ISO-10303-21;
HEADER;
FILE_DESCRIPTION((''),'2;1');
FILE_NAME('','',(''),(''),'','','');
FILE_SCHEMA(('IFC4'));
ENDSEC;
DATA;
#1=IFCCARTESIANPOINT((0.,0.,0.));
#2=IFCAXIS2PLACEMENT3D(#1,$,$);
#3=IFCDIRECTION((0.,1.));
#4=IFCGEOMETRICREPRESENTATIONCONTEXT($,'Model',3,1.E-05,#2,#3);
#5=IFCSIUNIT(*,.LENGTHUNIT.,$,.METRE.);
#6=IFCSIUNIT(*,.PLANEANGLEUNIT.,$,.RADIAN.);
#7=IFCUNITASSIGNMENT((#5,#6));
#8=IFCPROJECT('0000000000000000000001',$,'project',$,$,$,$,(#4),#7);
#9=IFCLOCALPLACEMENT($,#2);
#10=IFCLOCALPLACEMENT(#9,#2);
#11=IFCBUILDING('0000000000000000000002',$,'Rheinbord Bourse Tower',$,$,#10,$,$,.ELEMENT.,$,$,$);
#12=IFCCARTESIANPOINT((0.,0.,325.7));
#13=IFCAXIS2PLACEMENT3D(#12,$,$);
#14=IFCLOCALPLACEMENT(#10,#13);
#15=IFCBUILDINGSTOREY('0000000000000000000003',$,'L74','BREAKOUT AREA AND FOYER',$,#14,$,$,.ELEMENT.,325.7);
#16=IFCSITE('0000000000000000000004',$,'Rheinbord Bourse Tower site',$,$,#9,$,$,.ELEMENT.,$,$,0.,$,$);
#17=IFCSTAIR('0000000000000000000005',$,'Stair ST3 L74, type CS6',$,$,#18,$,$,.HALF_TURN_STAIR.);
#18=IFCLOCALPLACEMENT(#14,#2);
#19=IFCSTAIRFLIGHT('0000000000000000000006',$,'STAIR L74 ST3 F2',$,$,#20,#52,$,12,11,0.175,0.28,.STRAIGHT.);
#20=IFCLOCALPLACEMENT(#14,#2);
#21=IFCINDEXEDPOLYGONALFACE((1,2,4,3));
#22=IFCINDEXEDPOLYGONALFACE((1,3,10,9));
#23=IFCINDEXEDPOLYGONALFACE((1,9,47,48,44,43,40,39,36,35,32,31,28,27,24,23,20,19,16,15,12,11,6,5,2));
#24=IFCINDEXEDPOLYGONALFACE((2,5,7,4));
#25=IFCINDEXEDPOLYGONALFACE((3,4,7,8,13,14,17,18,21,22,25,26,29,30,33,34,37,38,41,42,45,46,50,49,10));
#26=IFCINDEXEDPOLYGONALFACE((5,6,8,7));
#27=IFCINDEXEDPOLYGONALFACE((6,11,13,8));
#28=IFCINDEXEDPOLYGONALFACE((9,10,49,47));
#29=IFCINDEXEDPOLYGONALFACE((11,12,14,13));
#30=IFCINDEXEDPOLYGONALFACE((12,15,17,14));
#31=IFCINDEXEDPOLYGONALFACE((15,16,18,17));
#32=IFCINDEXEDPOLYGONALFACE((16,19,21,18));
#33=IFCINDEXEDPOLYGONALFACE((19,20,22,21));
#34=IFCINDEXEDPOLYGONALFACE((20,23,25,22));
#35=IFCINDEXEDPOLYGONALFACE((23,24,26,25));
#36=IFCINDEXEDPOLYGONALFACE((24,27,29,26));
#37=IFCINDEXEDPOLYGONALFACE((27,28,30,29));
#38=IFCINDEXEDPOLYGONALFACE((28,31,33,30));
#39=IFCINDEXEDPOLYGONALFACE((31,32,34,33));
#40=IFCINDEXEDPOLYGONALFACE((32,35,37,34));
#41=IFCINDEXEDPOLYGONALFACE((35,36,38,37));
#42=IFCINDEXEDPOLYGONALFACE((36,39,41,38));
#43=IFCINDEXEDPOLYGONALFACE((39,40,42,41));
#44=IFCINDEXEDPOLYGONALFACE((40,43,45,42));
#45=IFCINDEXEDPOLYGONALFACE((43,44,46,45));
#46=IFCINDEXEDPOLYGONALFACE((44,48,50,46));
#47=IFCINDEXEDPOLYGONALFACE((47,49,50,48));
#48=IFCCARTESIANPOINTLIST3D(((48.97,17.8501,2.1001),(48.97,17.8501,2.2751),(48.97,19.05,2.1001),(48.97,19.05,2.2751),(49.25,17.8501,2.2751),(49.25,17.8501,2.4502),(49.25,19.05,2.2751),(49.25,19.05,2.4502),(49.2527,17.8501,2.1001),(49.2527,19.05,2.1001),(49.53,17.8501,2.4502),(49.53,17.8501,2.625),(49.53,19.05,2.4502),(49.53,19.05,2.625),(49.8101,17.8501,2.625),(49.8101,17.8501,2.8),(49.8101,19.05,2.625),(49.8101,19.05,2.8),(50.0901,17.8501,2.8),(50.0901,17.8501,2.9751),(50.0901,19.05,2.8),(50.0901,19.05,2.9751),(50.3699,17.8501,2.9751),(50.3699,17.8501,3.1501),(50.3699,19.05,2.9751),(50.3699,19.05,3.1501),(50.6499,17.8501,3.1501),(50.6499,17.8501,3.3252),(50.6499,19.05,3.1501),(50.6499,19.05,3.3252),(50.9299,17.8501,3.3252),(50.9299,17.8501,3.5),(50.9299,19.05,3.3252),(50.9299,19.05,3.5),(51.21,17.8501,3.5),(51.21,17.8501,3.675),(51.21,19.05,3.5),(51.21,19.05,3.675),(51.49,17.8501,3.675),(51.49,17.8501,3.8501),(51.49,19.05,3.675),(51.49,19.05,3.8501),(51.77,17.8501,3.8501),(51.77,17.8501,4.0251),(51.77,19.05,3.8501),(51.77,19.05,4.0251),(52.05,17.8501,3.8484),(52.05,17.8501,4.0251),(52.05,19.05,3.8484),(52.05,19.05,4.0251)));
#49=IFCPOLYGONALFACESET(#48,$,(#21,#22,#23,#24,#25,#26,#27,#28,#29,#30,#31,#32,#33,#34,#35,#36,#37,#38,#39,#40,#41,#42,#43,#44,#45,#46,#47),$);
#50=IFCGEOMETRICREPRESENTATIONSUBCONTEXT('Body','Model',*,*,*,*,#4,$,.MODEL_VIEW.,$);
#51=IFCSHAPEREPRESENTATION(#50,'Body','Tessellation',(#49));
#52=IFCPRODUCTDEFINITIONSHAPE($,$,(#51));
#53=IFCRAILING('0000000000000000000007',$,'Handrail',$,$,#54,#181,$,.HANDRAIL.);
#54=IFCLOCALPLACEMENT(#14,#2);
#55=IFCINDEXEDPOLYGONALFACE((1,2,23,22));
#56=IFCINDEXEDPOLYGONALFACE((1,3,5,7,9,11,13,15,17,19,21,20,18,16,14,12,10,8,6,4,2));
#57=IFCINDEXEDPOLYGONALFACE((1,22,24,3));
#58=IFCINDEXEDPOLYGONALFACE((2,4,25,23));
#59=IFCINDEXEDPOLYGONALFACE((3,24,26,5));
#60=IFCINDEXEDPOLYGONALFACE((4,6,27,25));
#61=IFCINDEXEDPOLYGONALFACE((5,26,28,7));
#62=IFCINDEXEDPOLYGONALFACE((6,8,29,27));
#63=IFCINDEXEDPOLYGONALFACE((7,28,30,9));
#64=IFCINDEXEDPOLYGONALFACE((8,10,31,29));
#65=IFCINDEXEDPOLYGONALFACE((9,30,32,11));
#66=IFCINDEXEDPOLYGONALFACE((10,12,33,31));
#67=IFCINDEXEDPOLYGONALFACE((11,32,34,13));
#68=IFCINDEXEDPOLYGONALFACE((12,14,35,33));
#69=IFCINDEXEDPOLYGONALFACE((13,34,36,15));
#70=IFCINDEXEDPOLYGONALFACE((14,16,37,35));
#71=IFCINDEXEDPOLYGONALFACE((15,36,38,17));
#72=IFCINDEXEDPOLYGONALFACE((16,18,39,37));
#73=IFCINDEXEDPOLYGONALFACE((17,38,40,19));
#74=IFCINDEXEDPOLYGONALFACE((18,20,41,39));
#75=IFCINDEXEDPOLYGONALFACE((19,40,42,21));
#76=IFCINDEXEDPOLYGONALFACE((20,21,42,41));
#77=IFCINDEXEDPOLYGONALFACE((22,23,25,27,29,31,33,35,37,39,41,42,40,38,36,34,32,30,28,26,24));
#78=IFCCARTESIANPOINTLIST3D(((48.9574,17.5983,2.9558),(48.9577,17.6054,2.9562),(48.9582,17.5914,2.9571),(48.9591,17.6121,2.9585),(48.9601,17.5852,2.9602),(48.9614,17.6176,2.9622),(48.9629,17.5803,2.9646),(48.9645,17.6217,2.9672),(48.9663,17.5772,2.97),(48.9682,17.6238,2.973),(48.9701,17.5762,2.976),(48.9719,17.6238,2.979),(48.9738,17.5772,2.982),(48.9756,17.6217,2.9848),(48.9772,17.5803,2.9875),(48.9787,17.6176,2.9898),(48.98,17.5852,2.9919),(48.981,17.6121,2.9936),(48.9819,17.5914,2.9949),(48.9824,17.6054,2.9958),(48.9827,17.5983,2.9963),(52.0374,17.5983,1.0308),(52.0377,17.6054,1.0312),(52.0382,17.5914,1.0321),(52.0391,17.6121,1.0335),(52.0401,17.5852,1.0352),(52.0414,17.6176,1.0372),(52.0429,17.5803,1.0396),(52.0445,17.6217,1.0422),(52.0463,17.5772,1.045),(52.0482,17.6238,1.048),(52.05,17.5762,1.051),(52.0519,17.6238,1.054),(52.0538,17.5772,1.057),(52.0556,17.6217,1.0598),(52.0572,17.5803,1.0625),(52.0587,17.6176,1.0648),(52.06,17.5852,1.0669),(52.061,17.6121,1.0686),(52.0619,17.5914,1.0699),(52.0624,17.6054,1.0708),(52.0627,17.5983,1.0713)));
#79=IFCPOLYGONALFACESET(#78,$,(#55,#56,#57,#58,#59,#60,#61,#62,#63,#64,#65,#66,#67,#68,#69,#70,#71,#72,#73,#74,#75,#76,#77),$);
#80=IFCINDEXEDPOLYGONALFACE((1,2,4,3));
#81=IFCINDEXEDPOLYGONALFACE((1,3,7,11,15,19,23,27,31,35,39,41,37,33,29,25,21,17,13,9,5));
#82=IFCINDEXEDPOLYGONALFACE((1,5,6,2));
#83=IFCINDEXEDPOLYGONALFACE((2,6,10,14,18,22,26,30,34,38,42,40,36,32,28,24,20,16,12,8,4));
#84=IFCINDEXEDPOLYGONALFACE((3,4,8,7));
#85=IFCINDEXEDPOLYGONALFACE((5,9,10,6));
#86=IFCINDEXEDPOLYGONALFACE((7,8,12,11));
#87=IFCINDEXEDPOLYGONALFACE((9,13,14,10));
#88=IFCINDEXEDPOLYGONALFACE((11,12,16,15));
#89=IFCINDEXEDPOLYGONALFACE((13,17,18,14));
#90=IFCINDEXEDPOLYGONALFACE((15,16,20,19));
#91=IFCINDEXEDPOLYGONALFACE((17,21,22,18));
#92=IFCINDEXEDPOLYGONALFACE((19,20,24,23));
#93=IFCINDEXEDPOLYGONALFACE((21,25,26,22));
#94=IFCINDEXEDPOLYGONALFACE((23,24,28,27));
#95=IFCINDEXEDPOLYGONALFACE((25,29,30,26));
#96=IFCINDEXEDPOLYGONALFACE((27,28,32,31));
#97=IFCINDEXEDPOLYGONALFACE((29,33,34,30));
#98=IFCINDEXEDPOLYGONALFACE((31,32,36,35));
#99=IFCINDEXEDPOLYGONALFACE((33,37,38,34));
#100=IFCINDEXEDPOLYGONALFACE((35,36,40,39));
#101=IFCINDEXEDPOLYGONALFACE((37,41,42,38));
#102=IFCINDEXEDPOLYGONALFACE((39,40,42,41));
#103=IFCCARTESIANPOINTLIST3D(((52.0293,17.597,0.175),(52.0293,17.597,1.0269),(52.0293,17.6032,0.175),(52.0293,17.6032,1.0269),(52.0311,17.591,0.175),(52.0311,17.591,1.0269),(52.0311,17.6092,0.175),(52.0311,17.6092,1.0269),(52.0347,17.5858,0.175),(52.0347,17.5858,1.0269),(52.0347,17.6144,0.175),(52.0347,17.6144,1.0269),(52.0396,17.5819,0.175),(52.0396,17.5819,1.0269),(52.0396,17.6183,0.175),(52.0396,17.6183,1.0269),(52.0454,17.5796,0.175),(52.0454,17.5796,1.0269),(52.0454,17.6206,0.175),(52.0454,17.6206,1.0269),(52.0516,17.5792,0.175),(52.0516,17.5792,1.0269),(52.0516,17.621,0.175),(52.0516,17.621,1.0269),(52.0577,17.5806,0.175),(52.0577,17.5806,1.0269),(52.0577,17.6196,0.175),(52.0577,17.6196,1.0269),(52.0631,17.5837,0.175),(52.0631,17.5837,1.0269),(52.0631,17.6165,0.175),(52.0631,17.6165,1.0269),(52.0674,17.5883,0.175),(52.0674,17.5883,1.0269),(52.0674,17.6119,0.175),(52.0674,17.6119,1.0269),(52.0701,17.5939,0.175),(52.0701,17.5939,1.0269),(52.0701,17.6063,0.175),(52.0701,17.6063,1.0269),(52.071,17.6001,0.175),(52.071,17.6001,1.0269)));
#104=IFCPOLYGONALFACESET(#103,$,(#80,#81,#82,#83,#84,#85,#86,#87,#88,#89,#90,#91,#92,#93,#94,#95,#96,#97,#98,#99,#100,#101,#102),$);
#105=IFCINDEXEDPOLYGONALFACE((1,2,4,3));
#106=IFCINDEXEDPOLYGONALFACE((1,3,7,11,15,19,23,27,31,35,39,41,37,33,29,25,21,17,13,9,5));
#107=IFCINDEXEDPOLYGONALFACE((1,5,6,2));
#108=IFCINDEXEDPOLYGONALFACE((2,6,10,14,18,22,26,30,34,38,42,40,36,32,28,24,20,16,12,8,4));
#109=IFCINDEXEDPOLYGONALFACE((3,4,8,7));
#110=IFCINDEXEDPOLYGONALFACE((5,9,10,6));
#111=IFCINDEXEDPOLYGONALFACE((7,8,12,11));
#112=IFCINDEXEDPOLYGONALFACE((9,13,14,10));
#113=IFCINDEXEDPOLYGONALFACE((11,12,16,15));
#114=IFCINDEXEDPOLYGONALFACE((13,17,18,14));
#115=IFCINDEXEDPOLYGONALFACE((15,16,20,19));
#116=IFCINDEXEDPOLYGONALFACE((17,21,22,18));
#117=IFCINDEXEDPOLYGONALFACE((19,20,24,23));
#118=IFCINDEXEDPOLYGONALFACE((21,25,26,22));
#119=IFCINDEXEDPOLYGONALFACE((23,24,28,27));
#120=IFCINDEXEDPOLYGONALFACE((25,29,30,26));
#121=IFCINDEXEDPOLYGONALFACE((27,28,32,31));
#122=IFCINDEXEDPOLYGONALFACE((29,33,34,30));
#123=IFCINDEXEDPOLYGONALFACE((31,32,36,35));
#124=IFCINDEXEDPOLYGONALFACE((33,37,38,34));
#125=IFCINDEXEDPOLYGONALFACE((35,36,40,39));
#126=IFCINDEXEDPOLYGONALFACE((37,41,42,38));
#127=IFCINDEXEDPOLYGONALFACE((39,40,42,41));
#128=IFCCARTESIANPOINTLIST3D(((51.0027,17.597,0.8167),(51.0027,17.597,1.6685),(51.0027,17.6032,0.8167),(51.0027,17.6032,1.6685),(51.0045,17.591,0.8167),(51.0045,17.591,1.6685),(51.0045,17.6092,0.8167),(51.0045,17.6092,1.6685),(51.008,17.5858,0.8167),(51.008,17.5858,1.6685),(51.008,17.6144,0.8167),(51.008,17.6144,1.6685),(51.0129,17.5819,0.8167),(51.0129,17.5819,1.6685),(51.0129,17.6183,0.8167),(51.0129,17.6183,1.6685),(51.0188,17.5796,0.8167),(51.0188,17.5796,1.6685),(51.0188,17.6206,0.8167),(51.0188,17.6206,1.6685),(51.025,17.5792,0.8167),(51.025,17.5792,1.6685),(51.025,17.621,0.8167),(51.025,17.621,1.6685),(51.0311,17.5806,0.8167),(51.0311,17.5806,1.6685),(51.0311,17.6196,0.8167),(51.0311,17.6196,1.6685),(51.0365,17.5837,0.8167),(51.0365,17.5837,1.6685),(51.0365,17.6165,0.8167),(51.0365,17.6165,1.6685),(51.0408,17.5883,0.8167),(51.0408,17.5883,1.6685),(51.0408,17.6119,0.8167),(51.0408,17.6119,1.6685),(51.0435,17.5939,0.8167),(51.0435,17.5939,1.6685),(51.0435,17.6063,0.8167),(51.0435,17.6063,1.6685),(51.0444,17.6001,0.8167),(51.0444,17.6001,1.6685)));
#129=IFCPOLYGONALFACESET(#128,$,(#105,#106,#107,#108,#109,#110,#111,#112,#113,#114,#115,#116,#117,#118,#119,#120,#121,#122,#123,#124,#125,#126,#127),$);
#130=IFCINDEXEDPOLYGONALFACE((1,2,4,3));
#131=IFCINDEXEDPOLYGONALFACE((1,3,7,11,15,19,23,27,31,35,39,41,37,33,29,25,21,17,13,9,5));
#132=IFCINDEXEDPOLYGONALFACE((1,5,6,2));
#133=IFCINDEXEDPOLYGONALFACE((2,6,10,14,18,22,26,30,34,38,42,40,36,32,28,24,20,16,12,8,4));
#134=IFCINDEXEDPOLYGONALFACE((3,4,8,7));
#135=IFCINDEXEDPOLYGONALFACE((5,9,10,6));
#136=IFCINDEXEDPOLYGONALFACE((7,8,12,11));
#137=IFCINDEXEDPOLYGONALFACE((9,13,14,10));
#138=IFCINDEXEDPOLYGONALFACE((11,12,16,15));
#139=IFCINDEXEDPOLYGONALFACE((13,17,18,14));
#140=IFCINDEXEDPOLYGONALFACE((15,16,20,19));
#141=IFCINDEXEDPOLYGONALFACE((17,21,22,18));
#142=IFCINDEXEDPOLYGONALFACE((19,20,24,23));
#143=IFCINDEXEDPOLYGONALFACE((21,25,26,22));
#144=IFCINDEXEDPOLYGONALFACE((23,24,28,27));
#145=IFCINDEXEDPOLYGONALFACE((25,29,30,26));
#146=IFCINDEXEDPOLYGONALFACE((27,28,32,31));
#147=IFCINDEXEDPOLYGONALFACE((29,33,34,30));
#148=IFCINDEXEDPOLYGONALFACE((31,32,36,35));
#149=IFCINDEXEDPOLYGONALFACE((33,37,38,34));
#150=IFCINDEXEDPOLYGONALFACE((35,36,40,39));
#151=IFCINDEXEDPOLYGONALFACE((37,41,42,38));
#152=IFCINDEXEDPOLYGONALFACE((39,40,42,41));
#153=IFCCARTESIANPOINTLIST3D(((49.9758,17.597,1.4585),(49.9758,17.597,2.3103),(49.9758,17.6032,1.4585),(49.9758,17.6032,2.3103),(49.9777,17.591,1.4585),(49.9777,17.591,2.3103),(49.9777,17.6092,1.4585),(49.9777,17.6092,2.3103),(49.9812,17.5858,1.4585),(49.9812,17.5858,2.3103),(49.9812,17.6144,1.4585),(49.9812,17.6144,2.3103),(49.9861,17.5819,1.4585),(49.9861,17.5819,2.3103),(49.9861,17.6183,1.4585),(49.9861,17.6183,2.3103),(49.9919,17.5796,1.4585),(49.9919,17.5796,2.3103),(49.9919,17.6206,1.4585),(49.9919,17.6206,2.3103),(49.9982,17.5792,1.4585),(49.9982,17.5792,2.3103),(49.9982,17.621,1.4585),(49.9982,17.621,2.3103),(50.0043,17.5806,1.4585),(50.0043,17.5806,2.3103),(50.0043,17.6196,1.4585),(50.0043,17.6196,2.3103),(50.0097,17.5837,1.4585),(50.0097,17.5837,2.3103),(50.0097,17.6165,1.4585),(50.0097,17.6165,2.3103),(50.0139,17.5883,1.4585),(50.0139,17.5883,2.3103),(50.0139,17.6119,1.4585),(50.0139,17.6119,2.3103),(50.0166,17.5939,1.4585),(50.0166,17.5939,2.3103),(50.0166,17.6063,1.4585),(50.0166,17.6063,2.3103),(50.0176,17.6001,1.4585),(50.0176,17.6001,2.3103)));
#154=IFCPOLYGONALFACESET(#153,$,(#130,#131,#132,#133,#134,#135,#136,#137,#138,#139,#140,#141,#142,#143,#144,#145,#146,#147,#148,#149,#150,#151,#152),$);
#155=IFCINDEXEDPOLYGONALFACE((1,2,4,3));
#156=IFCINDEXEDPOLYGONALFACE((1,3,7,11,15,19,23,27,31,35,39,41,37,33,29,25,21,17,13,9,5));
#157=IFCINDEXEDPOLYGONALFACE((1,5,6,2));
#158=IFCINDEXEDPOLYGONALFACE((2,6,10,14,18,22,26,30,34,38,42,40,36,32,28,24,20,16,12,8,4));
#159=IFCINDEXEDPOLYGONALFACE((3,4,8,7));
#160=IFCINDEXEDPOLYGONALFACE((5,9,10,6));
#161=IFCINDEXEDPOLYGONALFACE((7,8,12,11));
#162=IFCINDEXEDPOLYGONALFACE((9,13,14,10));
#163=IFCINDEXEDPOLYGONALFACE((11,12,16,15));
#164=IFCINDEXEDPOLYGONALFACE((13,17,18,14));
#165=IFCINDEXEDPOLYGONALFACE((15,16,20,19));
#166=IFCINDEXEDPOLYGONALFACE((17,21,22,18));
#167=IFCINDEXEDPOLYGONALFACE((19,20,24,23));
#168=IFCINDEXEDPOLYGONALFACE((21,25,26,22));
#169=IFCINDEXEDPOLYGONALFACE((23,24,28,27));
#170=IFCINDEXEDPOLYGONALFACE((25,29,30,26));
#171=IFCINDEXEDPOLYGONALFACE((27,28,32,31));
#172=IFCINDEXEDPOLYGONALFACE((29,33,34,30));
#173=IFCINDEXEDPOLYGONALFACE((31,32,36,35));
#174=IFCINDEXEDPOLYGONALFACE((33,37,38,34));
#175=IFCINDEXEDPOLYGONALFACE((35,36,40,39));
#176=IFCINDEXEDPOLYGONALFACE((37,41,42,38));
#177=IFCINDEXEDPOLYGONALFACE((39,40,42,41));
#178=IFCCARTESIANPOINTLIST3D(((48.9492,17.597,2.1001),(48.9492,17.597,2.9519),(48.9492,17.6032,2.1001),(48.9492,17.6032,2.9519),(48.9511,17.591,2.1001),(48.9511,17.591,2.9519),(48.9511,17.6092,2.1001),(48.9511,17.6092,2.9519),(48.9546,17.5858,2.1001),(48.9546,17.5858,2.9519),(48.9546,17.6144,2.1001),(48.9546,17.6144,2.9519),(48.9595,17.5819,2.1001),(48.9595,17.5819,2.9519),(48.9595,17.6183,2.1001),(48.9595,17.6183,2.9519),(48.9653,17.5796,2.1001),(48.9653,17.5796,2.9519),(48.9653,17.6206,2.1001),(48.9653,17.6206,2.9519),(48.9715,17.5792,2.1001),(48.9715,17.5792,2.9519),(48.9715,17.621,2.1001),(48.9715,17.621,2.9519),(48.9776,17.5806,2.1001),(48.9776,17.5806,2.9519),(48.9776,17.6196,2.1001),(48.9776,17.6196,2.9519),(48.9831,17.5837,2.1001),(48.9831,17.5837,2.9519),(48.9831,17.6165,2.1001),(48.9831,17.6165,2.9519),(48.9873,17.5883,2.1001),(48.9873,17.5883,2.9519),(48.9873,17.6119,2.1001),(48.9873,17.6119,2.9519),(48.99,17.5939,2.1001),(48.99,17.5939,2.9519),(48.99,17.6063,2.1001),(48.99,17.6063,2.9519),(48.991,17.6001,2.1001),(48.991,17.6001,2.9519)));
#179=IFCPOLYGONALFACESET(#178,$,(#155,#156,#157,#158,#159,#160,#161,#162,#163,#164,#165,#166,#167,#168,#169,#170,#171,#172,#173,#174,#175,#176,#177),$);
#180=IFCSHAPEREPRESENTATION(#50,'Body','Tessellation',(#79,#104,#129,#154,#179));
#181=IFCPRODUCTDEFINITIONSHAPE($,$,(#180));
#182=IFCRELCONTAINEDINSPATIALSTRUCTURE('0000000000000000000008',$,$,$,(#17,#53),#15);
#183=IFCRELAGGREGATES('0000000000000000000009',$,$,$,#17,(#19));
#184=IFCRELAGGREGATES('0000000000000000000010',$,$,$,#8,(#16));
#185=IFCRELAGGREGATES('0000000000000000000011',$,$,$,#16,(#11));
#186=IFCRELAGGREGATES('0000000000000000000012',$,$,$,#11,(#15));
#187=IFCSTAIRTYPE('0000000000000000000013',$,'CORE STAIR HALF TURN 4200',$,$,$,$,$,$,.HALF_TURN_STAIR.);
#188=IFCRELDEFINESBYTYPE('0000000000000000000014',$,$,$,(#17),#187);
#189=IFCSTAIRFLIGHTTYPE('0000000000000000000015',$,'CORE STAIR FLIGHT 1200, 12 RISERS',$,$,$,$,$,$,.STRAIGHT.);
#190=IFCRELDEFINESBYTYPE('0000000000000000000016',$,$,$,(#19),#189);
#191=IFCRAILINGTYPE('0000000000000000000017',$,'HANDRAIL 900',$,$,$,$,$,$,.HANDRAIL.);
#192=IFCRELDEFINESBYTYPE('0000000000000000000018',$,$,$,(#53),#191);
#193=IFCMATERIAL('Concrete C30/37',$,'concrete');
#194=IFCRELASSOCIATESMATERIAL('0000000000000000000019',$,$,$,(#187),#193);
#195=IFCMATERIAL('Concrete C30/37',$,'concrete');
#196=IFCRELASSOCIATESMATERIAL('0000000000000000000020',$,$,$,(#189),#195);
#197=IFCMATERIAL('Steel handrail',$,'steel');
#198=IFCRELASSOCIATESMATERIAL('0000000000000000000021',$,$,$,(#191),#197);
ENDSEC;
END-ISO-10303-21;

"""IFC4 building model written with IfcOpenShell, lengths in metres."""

from ifc_helpers import new_model, si_unit, direction, frame, origin, origin_2d, place, context, subcontext, project, spatial, polyline, circle, outline, extrude, material, type_object, element, aggregate, save


model = new_model("IFC4")

# Units and contexts
model_context = context("Model", 3, precision=1e-05, world=origin(), true_north=direction((0.0, 1.0)))
body_context = subcontext(model_context, "Body", "Model", "MODEL_VIEW")
ifc_project = project(units=[si_unit("LENGTHUNIT", "METRE"), si_unit("PLANEANGLEUNIT", "RADIAN")], contexts=[model_context])

# Site, building, storey
site_placement = place(None, origin())
site = spatial("IfcSite", under=ifc_project, at=site_placement, Name="Rheinbord Bourse Tower site", CompositionType="ELEMENT", RefElevation=0.0)
building_placement = place(site_placement, origin())
building = spatial("IfcBuilding", under=site, at=building_placement, Name="Rheinbord Bourse Tower", CompositionType="ELEMENT")
storey_placement = place(building_placement, frame((0.0, 0.0, 325.7)))
storey = spatial("IfcBuildingStorey", under=building, at=storey_placement, Name="L74", Description="BREAKOUT AREA AND FOYER", CompositionType="ELEMENT", Elevation=325.7)

# Stair, stair flight
ifc_material_1 = material(Name="Concrete C30/37", Category="concrete")
stair_type = type_object("IfcStairType", Name="CORE STAIR HALF TURN 4200", PredefinedType="HALF_TURN_STAIR", material=ifc_material_1)
stair_placement = place(storey_placement, origin())
stair = element("IfcStair", 1, at=stair_placement, inside=storey, type_object=stair_type, Name="Stair ST3 L74, type CS6", PredefinedType="HALF_TURN_STAIR")
ifc_material_2 = material(Name="Concrete C30/37", Category="concrete")
stair_flight_type = type_object("IfcStairFlightType", Name="CORE STAIR FLIGHT 1200, 12 RISERS", PredefinedType="STRAIGHT", material=ifc_material_2)
stair_flight_placement = place(storey_placement, frame((48.97, 18.45, 2.1001), z_axis=(0.0, 0.0, 1.0), x_axis=(1.0, 0.0, 0.0)))
stair_flight = element("IfcStairFlight", 2, at=stair_flight_placement, type_object=stair_flight_type, Name="STAIR L74 ST3 F2", NumberOfRisers=12, NumberOfTreads=11, PredefinedType="STRAIGHT", RiserHeight=0.175, TreadLength=0.28, context=body_context, shape_type="SweptSolid", body=[
    extrude(outline(polyline([(0.0, 0.0), (0.0, 0.175), (0.28, 0.175), (0.28, 0.3501), (0.5601, 0.3501), (0.5601, 0.5249), (0.8401, 0.5249), (0.8401, 0.7), (1.1201, 0.7), (1.1201, 0.875), (1.3999, 0.875), (1.3999, 1.05), (1.6799, 1.05), (1.6799, 1.2251), (1.96, 1.2251), (1.96, 1.3999), (2.24, 1.3999), (2.24, 1.575), (2.52, 1.575), (2.52, 1.75), (2.8, 1.75), (2.8, 1.925), (3.0801, 1.925), (3.0801, 2.1001), (3.0801, 1.7483), (0.2827, 0.0), (0.0, 0.0)])), frame((0.0, 0.6001, 0.0), z_axis=(0.0, -1.0, 0.0), x_axis=(1.0, 0.0, 0.0)), (0.0, 0.0, 1.0), 1.2),
])
aggregate(stair, [stair_flight])

# Railing
ifc_material_3 = material(Name="Steel handrail", Category="steel")
railing_type = type_object("IfcRailingType", Name="HANDRAIL 900", PredefinedType="HANDRAIL", material=ifc_material_3)
railing_1_placement = place(storey_placement, frame((52.05, 17.6001, 0.175)))
element("IfcRailing", 3, at=railing_1_placement, inside=storey, type_object=railing_type, Name="Handrail", PredefinedType="HANDRAIL", context=body_context, shape_type="SweptSolid", body=[
    extrude(circle(Radius=0.0239, at=origin_2d()), frame((0.0, 0.0, 0.876), z_axis=(-0.847998, 0.0, 0.529999), x_axis=(0.0, -1.0, 0.0)), (0.0, 0.0, 1.0), 3.6321),
    extrude(circle(Radius=0.021, at=origin_2d()), origin(), (0.0, 0.0, 1.0), 0.8518),
    extrude(circle(Radius=0.021, at=origin_2d()), frame((-1.0266, 0.0, 0.6416)), (0.0, 0.0, 1.0), 0.8518),
    extrude(circle(Radius=0.021, at=origin_2d()), frame((-2.0535, 0.0, 1.2834)), (0.0, 0.0, 1.0), 0.8518),
    extrude(circle(Radius=0.021, at=origin_2d()), frame((-3.0801, 0.0, 1.925)), (0.0, 0.0, 1.0), 0.8518),
])

save(model, "model.ifc")
